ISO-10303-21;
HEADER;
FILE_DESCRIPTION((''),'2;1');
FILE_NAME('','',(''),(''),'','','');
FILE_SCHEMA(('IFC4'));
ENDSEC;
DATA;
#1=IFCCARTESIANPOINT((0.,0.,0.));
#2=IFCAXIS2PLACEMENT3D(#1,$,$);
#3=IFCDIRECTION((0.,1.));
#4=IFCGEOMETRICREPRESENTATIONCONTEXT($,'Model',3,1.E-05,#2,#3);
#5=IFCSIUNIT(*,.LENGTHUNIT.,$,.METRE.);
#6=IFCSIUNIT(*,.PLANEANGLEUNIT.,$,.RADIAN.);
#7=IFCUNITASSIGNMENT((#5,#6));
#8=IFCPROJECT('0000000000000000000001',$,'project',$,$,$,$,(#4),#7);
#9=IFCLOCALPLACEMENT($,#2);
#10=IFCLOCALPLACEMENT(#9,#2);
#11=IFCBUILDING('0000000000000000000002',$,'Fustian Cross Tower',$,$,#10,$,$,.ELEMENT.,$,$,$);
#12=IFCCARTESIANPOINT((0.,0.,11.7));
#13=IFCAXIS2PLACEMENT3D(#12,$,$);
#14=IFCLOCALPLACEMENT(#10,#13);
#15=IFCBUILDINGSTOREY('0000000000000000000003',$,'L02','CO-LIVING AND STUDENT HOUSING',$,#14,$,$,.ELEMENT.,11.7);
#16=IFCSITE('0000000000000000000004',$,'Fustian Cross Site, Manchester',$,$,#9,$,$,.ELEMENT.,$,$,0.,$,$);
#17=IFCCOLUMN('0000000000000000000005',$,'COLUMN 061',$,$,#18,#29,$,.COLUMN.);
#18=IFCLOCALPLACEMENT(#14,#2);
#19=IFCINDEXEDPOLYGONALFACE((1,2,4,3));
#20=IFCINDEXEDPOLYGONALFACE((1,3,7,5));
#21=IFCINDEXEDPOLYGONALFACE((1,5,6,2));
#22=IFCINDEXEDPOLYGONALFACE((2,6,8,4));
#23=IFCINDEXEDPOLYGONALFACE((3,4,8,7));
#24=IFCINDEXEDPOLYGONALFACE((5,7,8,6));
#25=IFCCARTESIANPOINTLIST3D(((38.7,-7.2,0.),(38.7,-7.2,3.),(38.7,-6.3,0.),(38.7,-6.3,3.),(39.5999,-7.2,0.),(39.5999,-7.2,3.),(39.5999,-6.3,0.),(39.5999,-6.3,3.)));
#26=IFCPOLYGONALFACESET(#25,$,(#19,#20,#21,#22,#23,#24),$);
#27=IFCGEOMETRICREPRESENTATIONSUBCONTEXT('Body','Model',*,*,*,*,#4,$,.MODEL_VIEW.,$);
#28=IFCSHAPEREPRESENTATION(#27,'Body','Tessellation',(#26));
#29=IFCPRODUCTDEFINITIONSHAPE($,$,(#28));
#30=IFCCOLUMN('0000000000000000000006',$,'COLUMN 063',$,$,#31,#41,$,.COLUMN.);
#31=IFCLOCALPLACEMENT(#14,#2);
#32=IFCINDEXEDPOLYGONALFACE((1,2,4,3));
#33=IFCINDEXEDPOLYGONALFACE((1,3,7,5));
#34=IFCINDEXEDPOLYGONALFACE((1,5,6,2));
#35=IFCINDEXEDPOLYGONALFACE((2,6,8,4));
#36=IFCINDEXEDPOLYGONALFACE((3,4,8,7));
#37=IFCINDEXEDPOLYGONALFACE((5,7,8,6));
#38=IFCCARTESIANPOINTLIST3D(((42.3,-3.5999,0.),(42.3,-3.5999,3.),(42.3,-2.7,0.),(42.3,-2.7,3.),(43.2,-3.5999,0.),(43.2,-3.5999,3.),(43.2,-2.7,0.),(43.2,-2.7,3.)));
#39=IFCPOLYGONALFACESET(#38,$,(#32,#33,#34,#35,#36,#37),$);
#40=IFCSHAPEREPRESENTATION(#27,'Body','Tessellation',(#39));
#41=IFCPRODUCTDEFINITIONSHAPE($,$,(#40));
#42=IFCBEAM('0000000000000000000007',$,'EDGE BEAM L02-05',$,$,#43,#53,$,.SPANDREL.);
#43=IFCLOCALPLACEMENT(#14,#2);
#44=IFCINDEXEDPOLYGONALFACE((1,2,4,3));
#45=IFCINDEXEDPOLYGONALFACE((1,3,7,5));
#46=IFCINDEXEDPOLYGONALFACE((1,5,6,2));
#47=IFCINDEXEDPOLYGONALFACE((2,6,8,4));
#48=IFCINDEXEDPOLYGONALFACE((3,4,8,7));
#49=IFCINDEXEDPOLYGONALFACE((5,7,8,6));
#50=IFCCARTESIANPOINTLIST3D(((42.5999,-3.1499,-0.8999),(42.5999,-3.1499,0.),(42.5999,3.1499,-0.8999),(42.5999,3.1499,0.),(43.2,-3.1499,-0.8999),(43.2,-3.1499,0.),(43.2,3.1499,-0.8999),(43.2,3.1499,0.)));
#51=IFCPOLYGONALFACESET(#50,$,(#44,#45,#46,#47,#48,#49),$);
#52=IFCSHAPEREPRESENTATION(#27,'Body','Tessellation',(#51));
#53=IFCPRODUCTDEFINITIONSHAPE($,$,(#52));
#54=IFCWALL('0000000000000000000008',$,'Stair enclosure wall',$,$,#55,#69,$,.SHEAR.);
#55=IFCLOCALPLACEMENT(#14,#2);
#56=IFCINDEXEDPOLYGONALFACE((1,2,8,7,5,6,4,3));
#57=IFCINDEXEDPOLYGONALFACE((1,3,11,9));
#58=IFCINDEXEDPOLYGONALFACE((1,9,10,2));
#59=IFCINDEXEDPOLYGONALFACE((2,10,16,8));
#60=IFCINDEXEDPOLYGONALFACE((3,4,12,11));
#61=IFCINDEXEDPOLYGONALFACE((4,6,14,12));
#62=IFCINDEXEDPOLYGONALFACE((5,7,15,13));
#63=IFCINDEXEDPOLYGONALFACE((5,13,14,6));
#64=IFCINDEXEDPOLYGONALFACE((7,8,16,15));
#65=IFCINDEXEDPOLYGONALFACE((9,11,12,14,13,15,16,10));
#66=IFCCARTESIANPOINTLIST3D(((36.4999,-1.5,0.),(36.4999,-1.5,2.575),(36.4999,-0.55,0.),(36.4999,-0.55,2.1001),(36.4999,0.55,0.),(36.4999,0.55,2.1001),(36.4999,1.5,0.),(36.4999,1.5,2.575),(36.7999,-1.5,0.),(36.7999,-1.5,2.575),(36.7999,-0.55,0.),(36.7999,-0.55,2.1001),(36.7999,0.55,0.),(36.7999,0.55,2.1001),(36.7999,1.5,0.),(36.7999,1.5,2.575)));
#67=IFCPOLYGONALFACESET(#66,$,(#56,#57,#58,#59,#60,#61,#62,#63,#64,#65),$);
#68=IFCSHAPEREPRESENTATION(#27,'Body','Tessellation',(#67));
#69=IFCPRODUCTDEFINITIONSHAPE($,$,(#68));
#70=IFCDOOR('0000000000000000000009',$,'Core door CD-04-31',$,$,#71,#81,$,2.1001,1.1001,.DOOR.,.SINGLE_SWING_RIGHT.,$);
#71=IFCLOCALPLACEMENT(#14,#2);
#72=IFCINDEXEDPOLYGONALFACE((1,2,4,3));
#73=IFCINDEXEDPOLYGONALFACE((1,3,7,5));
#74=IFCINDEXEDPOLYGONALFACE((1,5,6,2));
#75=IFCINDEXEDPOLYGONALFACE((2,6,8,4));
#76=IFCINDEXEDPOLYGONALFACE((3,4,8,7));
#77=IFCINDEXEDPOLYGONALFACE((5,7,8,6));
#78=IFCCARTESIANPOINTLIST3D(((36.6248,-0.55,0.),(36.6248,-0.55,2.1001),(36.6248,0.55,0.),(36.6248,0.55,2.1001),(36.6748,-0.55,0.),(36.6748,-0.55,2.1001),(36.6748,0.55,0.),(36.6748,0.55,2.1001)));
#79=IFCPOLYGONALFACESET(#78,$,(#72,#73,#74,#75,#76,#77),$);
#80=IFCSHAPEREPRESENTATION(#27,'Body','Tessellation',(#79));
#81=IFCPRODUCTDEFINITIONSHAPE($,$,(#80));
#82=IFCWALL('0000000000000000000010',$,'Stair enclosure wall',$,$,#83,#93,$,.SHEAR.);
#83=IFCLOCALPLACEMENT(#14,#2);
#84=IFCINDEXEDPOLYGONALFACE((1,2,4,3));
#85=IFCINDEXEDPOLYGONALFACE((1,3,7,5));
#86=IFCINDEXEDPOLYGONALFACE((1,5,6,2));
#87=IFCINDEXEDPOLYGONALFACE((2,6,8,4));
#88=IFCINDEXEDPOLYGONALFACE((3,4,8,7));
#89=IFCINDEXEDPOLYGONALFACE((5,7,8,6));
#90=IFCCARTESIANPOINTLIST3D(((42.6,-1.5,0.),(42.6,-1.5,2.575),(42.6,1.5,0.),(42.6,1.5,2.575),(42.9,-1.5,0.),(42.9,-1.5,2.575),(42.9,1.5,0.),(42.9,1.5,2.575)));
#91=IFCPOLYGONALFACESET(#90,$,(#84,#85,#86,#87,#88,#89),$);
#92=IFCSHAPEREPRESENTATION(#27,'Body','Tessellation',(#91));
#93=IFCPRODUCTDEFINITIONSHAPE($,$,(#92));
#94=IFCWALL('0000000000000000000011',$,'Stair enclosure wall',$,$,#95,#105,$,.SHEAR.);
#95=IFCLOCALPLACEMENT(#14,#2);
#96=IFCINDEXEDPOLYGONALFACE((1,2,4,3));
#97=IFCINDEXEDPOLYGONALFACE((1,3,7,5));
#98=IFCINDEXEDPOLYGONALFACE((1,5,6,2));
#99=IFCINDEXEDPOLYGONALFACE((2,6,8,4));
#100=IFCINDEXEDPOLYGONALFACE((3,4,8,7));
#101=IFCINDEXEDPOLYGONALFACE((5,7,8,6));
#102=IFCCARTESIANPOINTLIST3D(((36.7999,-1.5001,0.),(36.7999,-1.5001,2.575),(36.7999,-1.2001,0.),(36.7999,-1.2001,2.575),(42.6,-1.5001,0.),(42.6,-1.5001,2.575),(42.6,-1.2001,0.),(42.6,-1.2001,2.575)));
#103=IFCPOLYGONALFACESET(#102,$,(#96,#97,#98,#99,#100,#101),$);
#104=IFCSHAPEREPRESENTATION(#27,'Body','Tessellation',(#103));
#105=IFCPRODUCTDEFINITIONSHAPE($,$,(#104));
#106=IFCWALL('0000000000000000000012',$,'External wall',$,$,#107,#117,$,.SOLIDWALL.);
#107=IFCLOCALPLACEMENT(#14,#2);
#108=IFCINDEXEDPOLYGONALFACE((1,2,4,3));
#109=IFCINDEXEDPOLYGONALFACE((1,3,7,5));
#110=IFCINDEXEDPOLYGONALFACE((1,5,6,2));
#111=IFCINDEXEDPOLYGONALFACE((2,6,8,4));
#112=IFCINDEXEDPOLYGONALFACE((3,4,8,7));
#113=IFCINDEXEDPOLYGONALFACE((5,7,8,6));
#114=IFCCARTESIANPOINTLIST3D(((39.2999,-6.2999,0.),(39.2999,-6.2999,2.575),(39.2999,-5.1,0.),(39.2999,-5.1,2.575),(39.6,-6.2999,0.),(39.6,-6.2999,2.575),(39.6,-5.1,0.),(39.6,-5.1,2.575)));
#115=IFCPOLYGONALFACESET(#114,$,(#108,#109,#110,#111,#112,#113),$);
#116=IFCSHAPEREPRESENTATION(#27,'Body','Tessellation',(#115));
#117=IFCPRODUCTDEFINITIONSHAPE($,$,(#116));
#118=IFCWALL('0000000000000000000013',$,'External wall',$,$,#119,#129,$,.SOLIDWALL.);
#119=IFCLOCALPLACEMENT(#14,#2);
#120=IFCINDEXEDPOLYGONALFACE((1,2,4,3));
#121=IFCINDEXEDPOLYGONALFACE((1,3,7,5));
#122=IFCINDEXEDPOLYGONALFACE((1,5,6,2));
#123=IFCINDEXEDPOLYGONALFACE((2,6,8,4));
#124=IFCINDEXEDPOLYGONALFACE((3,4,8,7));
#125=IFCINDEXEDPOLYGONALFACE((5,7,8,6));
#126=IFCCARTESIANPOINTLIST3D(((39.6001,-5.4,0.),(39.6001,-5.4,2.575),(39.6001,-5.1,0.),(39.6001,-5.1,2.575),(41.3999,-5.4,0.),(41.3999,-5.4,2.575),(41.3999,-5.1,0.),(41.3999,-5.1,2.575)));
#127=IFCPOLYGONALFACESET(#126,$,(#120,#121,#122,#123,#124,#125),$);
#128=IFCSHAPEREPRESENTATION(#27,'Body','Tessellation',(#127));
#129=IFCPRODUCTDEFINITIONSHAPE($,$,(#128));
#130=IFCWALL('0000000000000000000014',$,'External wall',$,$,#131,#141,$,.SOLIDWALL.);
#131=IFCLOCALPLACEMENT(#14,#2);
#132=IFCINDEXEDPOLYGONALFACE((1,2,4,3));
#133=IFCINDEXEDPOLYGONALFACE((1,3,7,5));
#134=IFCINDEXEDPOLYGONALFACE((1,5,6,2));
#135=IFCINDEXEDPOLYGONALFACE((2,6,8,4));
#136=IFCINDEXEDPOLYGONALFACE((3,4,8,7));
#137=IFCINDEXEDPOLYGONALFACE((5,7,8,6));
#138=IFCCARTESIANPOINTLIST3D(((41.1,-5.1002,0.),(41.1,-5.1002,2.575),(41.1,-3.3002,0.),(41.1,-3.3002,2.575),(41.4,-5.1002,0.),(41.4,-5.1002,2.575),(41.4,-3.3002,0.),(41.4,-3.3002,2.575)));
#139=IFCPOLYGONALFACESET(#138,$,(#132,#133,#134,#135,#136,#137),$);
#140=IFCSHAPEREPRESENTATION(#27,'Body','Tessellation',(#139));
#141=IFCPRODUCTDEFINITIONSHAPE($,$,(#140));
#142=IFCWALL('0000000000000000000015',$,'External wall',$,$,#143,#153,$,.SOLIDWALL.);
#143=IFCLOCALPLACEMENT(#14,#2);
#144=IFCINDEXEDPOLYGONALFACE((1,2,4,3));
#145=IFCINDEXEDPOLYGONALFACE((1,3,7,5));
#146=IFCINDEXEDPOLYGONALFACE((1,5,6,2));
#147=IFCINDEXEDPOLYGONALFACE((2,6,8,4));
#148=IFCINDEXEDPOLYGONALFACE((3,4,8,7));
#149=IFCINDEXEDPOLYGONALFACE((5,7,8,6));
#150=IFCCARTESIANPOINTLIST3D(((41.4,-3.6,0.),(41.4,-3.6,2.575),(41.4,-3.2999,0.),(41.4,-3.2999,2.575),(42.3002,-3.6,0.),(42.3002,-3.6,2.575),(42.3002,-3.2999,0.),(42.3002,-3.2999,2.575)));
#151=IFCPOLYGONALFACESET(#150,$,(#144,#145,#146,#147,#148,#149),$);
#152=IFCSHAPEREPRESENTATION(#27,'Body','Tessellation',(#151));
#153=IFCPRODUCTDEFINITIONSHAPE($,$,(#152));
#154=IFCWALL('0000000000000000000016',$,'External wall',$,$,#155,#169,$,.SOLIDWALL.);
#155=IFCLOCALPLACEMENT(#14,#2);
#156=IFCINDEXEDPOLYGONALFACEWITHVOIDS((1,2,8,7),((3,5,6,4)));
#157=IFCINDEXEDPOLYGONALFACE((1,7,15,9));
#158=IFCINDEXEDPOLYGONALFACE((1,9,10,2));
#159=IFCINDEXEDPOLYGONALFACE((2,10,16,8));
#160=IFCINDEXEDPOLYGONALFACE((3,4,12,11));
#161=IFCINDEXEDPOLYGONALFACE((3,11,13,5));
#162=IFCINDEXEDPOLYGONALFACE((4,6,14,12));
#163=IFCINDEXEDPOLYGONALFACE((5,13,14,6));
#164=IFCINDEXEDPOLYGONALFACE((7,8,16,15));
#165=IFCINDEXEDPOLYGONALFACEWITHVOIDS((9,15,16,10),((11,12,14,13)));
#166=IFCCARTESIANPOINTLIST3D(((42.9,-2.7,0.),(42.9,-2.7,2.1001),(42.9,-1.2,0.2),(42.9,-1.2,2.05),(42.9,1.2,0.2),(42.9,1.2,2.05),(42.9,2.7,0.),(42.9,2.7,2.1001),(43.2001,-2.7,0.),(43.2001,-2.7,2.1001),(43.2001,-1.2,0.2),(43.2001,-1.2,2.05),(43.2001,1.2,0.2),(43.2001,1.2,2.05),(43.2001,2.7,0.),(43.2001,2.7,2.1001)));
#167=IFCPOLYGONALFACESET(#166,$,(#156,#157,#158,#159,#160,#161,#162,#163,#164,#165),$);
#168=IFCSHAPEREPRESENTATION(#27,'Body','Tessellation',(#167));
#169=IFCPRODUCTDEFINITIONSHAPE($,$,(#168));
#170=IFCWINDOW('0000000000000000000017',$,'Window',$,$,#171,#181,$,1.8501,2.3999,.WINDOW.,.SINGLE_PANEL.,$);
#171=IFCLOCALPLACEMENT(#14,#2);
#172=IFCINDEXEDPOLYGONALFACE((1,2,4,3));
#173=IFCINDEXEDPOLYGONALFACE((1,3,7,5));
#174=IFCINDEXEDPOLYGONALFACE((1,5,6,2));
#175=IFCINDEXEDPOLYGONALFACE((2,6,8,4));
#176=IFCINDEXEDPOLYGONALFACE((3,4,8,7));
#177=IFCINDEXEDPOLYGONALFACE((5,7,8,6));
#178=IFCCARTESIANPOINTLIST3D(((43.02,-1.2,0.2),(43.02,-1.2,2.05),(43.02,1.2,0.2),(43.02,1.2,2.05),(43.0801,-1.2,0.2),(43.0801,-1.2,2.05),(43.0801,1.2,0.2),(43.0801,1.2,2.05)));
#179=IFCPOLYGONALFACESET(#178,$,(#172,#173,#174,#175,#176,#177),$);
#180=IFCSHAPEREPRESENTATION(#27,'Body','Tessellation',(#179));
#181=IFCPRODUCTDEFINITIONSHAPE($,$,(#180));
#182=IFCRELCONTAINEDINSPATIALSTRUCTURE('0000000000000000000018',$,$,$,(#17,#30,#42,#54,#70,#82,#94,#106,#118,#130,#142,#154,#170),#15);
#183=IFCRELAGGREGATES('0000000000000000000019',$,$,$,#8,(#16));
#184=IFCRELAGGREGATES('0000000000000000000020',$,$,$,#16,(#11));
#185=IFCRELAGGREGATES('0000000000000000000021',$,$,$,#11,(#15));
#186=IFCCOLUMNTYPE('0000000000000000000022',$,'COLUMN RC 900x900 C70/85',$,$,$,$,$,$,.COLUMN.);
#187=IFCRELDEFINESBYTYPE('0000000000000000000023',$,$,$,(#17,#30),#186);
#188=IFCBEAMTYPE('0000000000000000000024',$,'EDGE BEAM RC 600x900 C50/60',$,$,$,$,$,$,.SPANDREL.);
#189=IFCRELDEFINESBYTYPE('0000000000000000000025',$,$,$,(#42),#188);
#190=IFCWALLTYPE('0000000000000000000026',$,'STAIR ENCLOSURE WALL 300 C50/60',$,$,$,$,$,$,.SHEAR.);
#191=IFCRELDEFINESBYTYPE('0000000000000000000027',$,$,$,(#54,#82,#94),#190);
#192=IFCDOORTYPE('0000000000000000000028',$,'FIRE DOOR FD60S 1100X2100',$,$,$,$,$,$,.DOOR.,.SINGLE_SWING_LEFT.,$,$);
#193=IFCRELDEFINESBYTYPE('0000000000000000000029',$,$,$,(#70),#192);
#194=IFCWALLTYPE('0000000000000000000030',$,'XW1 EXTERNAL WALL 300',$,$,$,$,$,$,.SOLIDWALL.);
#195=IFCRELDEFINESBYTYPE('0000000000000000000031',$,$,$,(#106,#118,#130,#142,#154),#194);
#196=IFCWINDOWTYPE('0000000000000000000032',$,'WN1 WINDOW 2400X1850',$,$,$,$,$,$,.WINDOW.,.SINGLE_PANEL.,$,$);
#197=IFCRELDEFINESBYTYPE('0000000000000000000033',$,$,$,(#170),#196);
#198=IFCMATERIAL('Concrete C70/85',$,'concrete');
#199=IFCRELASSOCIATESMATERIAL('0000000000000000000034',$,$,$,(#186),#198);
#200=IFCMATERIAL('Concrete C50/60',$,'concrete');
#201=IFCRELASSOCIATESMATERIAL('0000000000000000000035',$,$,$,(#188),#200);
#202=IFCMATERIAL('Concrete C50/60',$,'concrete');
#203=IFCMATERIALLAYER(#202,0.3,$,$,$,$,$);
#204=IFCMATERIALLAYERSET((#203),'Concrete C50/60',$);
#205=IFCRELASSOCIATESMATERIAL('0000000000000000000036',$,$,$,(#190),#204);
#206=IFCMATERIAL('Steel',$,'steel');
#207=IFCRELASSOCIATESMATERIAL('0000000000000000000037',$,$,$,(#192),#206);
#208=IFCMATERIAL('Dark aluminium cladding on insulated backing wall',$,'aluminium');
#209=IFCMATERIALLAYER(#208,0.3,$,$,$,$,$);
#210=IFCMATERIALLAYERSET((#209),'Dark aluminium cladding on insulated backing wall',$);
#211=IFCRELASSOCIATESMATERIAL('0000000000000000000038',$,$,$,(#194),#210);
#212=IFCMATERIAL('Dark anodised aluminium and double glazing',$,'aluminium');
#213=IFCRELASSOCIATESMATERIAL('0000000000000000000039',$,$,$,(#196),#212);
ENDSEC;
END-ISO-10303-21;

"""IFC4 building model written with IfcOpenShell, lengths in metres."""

from ifc_helpers import new_model, si_unit, direction, frame, frame_2d, origin, origin_2d, place, context, subcontext, project, spatial, rectangle, extrude, material, layer, layer_set, material_profile, profile_set, type_object, element, fill, save


model = new_model("IFC4")

# Units and contexts
model_context = context("Model", 3, precision=1e-05, world=origin(), true_north=direction((0.0, 1.0)))
body_context = subcontext(model_context, "Body", "Model", "MODEL_VIEW")
ifc_project = project(units=[si_unit("LENGTHUNIT", "METRE"), si_unit("PLANEANGLEUNIT", "RADIAN")], contexts=[model_context])

# Site, building, storey
site_placement = place(None, origin())
site = spatial("IfcSite", under=ifc_project, at=site_placement, Name="Fustian Cross Site, Manchester", CompositionType="ELEMENT", RefElevation=0.0)
building_placement = place(site_placement, origin())
building = spatial("IfcBuilding", under=site, at=building_placement, Name="Fustian Cross Tower", CompositionType="ELEMENT")
storey_placement = place(building_placement, frame((0.0, 0.0, 11.7)))
storey = spatial("IfcBuildingStorey", under=building, at=storey_placement, Name="L02", Description="CO-LIVING AND STUDENT HOUSING", CompositionType="ELEMENT", Elevation=11.7)

# Columns
ifc_material_1 = material(Name="Concrete C70/85", Category="concrete")
ifc_material_profile_1 = material_profile(ifc_material_1, rectangle(XDim=0.8999, YDim=0.8999, at=origin_2d()), Name="RC 900x900")
ifc_profile_set_1 = profile_set([ifc_material_profile_1], Name="Concrete C70/85")
column_type = type_object("IfcColumnType", Name="COLUMN RC 900x900 C70/85", PredefinedType="COLUMN", material=ifc_profile_set_1)
for number, where, z_axis, x_axis, name in (
    (1, (39.1499, -6.75, 0.0), (0.0, 0.0, 1.0), (1.0, 0.0, 0.0), "COLUMN 061"),
    (2, (42.75, -3.1499, 0.0), (0.0, 0.0, 1.0), (1.0, 0.0, 0.0), "COLUMN 063"),
):
    element("IfcColumn", number, at=place(storey_placement, frame(where, z_axis=z_axis, x_axis=x_axis)), inside=storey, type_object=column_type, Name=name, PredefinedType="COLUMN", context=body_context, shape_type="SweptSolid", body=[
        extrude(rectangle(XDim=0.8999, YDim=0.8999, at=origin_2d()), origin(), (0.0, 0.0, 1.0), 3.0),
    ])

# Beam
ifc_material_2 = material(Name="Concrete C50/60", Category="concrete")
ifc_material_profile_2 = material_profile(ifc_material_2, rectangle(XDim=0.6001, YDim=0.8999, at=origin_2d()), Name="RC 600x900")
ifc_profile_set_2 = profile_set([ifc_material_profile_2], Name="Concrete C50/60")
beam_type = type_object("IfcBeamType", Name="EDGE BEAM RC 600x900 C50/60", PredefinedType="SPANDREL", material=ifc_profile_set_2)
beam_placement = place(storey_placement, frame((42.8999, -3.1499, -0.45), z_axis=(0.0, 1.0, 0.0), x_axis=(-1.0, 0.0, 0.0)))
element("IfcBeam", 3, at=beam_placement, inside=storey, type_object=beam_type, Name="EDGE BEAM L02-05", PredefinedType="SPANDREL", context=body_context, shape_type="SweptSolid", body=[
    extrude(rectangle(XDim=0.6001, YDim=0.8999, at=origin_2d()), origin(), (0.0, 0.0, 1.0), 6.2998),
])

# Wall, opening, door
ifc_material_3 = material(Name="Concrete C50/60", Category="concrete")
ifc_layer_1 = layer(ifc_material_3, 0.3)
ifc_layer_set_1 = layer_set([ifc_layer_1], Name="Concrete C50/60")
wall_type_1 = type_object("IfcWallType", Name="STAIR ENCLOSURE WALL 300 C50/60", PredefinedType="SHEAR", material=ifc_layer_set_1)
wall_1_placement = place(storey_placement, frame((36.6499, -1.5, 0.0), z_axis=(0.0, 0.0, 1.0), x_axis=(0.0, 1.0, 0.0)))
wall_1 = element("IfcWall", 4, at=wall_1_placement, inside=storey, type_object=wall_type_1, Name="Stair enclosure wall", PredefinedType="SHEAR", context=body_context, shape_type="SweptSolid", body=[
    extrude(rectangle(XDim=3.0, YDim=0.3, at=frame_2d((1.5, 0.0))), origin(), (0.0, 0.0, 1.0), 2.575),
])
opening_1_placement = place(wall_1_placement, frame((0.95, 0.0, 0.0)))
opening_1 = element("IfcOpeningElement", 5, at=opening_1_placement, cuts=wall_1, PredefinedType="OPENING", context=body_context, shape_type="SweptSolid", body=[
    extrude(rectangle(XDim=1.1001, YDim=2.1001, at=frame_2d((0.55, 1.05))), frame((0.0, 0.1599, 0.0), z_axis=(0.0, -1.0, 0.0), x_axis=(1.0, 0.0, 0.0)), (0.0, 0.0, 1.0), 0.3201),
])
ifc_material_4 = material(Name="Steel", Category="steel")
door_type = type_object("IfcDoorType", Name="FIRE DOOR FD60S 1100X2100", OperationType="SINGLE_SWING_LEFT", PredefinedType="DOOR", material=ifc_material_4)
door_placement = place(opening_1_placement, frame((1.1001, 0.0, 0.0), z_axis=(0.0, 0.0, 1.0), x_axis=(-1.0, 0.0, 0.0)))
door = element("IfcDoor", 6, at=door_placement, inside=storey, type_object=door_type, Name="Core door CD-04-31", OperationType="SINGLE_SWING_RIGHT", OverallHeight=2.1001, OverallWidth=1.1001, PredefinedType="DOOR", context=body_context, shape_type="SweptSolid", body=[
    extrude(rectangle(XDim=1.1001, YDim=2.1001, at=frame_2d((0.55, 1.05))), frame((0.0, 0.0249, 0.0), z_axis=(0.0, -1.0, 0.0), x_axis=(1.0, 0.0, 0.0)), (0.0, 0.0, 1.0), 0.05),
])
fill(opening_1, door)

# Walls
wall_2_placement = place(storey_placement, frame((42.75, -1.5, 0.0), z_axis=(0.0, 0.0, 1.0), x_axis=(0.0, 1.0, 0.0)))
element("IfcWall", 7, at=wall_2_placement, inside=storey, type_object=wall_type_1, Name="Stair enclosure wall", PredefinedType="SHEAR", context=body_context, shape_type="SweptSolid", body=[
    extrude(rectangle(XDim=3.0, YDim=0.3, at=frame_2d((1.5, 0.0))), origin(), (0.0, 0.0, 1.0), 2.575),
])
wall_3_placement = place(storey_placement, frame((36.8, -1.3501, 0.0), z_axis=(0.0, 0.0, 1.0), x_axis=(1.0, 0.0, 0.0)))
element("IfcWall", 8, at=wall_3_placement, inside=storey, type_object=wall_type_1, Name="Stair enclosure wall", PredefinedType="SHEAR", context=body_context, shape_type="SweptSolid", body=[
    extrude(rectangle(XDim=5.8, YDim=0.3, at=frame_2d((2.8999, 0.0))), origin(), (0.0, 0.0, 1.0), 2.575),
])
ifc_material_5 = material(Name="Dark aluminium cladding on insulated backing wall", Category="aluminium")
ifc_layer_2 = layer(ifc_material_5, 0.3)
ifc_layer_set_2 = layer_set([ifc_layer_2], Name="Dark aluminium cladding on insulated backing wall")
wall_type_2 = type_object("IfcWallType", Name="XW1 EXTERNAL WALL 300", PredefinedType="SOLIDWALL", material=ifc_layer_set_2)
wall_4_placement = place(storey_placement, frame((39.45, -6.3, 0.0), z_axis=(0.0, 0.0, 1.0), x_axis=(0.0, 1.0, 0.0)))
element("IfcWall", 9, at=wall_4_placement, inside=storey, type_object=wall_type_2, Name="External wall", PredefinedType="SOLIDWALL", context=body_context, shape_type="SweptSolid", body=[
    extrude(rectangle(XDim=1.2, YDim=0.3, at=frame_2d((0.6001, 0.0))), origin(), (0.0, 0.0, 1.0), 2.575),
])
wall_5_placement = place(storey_placement, frame((39.6001, -5.25, 0.0), z_axis=(0.0, 0.0, 1.0), x_axis=(1.0, 0.0, 0.0)))
element("IfcWall", 10, at=wall_5_placement, inside=storey, type_object=wall_type_2, Name="External wall", PredefinedType="SOLIDWALL", context=body_context, shape_type="SweptSolid", body=[
    extrude(rectangle(XDim=1.7998, YDim=0.3, at=frame_2d((0.8999, 0.0))), origin(), (0.0, 0.0, 1.0), 2.575),
])
wall_6_placement = place(storey_placement, frame((41.25, -5.1001, 0.0), z_axis=(0.0, 0.0, 1.0), x_axis=(0.0, 1.0, 0.0)))
element("IfcWall", 11, at=wall_6_placement, inside=storey, type_object=wall_type_2, Name="External wall", PredefinedType="SOLIDWALL", context=body_context, shape_type="SweptSolid", body=[
    extrude(rectangle(XDim=1.8, YDim=0.3, at=frame_2d((0.8999, 0.0))), origin(), (0.0, 0.0, 1.0), 2.575),
])
wall_7_placement = place(storey_placement, frame((41.3999, -3.45, 0.0), z_axis=(0.0, 0.0, 1.0), x_axis=(1.0, 0.0, 0.0)))
element("IfcWall", 12, at=wall_7_placement, inside=storey, type_object=wall_type_2, Name="External wall", PredefinedType="SOLIDWALL", context=body_context, shape_type="SweptSolid", body=[
    extrude(rectangle(XDim=0.9001, YDim=0.3, at=frame_2d((0.4502, 0.0))), origin(), (0.0, 0.0, 1.0), 2.575),
])

# Wall, opening, window
wall_8_placement = place(storey_placement, frame((43.05, -2.7, 0.0), z_axis=(0.0, 0.0, 1.0), x_axis=(0.0, 1.0, 0.0)))
wall_8 = element("IfcWall", 13, at=wall_8_placement, inside=storey, type_object=wall_type_2, Name="External wall", PredefinedType="SOLIDWALL", context=body_context, shape_type="SweptSolid", body=[
    extrude(rectangle(XDim=5.3999, YDim=0.3, at=frame_2d((2.7, 0.0))), origin(), (0.0, 0.0, 1.0), 2.1001),
])
opening_2_placement = place(wall_8_placement, frame((1.5, 0.0, 0.2)))
opening_2 = element("IfcOpeningElement", 14, at=opening_2_placement, cuts=wall_8, PredefinedType="OPENING", context=body_context, shape_type="SweptSolid", body=[
    extrude(rectangle(XDim=2.3999, YDim=1.8501, at=frame_2d((1.2, 0.925))), frame((0.0, 0.1599, 0.0), z_axis=(0.0, -1.0, 0.0), x_axis=(1.0, 0.0, 0.0)), (0.0, 0.0, 1.0), 0.3201),
])
ifc_material_6 = material(Name="Dark anodised aluminium and double glazing", Category="aluminium")
window_type = type_object("IfcWindowType", Name="WN1 WINDOW 2400X1850", PartitioningType="SINGLE_PANEL", PredefinedType="WINDOW", material=ifc_material_6)
window_placement = place(opening_2_placement, origin())
window = element("IfcWindow", 15, at=window_placement, inside=storey, type_object=window_type, Name="Window", OverallHeight=1.8501, OverallWidth=2.3999, PartitioningType="SINGLE_PANEL", PredefinedType="WINDOW", context=body_context, shape_type="SweptSolid", body=[
    extrude(rectangle(XDim=2.3999, YDim=1.8501, at=frame_2d((1.2, 0.925))), frame((0.0, 0.03, 0.0), z_axis=(0.0, -1.0, 0.0), x_axis=(1.0, 0.0, 0.0)), (0.0, 0.0, 1.0), 0.0601),
])
fill(opening_2, window)

save(model, "model.ifc")
